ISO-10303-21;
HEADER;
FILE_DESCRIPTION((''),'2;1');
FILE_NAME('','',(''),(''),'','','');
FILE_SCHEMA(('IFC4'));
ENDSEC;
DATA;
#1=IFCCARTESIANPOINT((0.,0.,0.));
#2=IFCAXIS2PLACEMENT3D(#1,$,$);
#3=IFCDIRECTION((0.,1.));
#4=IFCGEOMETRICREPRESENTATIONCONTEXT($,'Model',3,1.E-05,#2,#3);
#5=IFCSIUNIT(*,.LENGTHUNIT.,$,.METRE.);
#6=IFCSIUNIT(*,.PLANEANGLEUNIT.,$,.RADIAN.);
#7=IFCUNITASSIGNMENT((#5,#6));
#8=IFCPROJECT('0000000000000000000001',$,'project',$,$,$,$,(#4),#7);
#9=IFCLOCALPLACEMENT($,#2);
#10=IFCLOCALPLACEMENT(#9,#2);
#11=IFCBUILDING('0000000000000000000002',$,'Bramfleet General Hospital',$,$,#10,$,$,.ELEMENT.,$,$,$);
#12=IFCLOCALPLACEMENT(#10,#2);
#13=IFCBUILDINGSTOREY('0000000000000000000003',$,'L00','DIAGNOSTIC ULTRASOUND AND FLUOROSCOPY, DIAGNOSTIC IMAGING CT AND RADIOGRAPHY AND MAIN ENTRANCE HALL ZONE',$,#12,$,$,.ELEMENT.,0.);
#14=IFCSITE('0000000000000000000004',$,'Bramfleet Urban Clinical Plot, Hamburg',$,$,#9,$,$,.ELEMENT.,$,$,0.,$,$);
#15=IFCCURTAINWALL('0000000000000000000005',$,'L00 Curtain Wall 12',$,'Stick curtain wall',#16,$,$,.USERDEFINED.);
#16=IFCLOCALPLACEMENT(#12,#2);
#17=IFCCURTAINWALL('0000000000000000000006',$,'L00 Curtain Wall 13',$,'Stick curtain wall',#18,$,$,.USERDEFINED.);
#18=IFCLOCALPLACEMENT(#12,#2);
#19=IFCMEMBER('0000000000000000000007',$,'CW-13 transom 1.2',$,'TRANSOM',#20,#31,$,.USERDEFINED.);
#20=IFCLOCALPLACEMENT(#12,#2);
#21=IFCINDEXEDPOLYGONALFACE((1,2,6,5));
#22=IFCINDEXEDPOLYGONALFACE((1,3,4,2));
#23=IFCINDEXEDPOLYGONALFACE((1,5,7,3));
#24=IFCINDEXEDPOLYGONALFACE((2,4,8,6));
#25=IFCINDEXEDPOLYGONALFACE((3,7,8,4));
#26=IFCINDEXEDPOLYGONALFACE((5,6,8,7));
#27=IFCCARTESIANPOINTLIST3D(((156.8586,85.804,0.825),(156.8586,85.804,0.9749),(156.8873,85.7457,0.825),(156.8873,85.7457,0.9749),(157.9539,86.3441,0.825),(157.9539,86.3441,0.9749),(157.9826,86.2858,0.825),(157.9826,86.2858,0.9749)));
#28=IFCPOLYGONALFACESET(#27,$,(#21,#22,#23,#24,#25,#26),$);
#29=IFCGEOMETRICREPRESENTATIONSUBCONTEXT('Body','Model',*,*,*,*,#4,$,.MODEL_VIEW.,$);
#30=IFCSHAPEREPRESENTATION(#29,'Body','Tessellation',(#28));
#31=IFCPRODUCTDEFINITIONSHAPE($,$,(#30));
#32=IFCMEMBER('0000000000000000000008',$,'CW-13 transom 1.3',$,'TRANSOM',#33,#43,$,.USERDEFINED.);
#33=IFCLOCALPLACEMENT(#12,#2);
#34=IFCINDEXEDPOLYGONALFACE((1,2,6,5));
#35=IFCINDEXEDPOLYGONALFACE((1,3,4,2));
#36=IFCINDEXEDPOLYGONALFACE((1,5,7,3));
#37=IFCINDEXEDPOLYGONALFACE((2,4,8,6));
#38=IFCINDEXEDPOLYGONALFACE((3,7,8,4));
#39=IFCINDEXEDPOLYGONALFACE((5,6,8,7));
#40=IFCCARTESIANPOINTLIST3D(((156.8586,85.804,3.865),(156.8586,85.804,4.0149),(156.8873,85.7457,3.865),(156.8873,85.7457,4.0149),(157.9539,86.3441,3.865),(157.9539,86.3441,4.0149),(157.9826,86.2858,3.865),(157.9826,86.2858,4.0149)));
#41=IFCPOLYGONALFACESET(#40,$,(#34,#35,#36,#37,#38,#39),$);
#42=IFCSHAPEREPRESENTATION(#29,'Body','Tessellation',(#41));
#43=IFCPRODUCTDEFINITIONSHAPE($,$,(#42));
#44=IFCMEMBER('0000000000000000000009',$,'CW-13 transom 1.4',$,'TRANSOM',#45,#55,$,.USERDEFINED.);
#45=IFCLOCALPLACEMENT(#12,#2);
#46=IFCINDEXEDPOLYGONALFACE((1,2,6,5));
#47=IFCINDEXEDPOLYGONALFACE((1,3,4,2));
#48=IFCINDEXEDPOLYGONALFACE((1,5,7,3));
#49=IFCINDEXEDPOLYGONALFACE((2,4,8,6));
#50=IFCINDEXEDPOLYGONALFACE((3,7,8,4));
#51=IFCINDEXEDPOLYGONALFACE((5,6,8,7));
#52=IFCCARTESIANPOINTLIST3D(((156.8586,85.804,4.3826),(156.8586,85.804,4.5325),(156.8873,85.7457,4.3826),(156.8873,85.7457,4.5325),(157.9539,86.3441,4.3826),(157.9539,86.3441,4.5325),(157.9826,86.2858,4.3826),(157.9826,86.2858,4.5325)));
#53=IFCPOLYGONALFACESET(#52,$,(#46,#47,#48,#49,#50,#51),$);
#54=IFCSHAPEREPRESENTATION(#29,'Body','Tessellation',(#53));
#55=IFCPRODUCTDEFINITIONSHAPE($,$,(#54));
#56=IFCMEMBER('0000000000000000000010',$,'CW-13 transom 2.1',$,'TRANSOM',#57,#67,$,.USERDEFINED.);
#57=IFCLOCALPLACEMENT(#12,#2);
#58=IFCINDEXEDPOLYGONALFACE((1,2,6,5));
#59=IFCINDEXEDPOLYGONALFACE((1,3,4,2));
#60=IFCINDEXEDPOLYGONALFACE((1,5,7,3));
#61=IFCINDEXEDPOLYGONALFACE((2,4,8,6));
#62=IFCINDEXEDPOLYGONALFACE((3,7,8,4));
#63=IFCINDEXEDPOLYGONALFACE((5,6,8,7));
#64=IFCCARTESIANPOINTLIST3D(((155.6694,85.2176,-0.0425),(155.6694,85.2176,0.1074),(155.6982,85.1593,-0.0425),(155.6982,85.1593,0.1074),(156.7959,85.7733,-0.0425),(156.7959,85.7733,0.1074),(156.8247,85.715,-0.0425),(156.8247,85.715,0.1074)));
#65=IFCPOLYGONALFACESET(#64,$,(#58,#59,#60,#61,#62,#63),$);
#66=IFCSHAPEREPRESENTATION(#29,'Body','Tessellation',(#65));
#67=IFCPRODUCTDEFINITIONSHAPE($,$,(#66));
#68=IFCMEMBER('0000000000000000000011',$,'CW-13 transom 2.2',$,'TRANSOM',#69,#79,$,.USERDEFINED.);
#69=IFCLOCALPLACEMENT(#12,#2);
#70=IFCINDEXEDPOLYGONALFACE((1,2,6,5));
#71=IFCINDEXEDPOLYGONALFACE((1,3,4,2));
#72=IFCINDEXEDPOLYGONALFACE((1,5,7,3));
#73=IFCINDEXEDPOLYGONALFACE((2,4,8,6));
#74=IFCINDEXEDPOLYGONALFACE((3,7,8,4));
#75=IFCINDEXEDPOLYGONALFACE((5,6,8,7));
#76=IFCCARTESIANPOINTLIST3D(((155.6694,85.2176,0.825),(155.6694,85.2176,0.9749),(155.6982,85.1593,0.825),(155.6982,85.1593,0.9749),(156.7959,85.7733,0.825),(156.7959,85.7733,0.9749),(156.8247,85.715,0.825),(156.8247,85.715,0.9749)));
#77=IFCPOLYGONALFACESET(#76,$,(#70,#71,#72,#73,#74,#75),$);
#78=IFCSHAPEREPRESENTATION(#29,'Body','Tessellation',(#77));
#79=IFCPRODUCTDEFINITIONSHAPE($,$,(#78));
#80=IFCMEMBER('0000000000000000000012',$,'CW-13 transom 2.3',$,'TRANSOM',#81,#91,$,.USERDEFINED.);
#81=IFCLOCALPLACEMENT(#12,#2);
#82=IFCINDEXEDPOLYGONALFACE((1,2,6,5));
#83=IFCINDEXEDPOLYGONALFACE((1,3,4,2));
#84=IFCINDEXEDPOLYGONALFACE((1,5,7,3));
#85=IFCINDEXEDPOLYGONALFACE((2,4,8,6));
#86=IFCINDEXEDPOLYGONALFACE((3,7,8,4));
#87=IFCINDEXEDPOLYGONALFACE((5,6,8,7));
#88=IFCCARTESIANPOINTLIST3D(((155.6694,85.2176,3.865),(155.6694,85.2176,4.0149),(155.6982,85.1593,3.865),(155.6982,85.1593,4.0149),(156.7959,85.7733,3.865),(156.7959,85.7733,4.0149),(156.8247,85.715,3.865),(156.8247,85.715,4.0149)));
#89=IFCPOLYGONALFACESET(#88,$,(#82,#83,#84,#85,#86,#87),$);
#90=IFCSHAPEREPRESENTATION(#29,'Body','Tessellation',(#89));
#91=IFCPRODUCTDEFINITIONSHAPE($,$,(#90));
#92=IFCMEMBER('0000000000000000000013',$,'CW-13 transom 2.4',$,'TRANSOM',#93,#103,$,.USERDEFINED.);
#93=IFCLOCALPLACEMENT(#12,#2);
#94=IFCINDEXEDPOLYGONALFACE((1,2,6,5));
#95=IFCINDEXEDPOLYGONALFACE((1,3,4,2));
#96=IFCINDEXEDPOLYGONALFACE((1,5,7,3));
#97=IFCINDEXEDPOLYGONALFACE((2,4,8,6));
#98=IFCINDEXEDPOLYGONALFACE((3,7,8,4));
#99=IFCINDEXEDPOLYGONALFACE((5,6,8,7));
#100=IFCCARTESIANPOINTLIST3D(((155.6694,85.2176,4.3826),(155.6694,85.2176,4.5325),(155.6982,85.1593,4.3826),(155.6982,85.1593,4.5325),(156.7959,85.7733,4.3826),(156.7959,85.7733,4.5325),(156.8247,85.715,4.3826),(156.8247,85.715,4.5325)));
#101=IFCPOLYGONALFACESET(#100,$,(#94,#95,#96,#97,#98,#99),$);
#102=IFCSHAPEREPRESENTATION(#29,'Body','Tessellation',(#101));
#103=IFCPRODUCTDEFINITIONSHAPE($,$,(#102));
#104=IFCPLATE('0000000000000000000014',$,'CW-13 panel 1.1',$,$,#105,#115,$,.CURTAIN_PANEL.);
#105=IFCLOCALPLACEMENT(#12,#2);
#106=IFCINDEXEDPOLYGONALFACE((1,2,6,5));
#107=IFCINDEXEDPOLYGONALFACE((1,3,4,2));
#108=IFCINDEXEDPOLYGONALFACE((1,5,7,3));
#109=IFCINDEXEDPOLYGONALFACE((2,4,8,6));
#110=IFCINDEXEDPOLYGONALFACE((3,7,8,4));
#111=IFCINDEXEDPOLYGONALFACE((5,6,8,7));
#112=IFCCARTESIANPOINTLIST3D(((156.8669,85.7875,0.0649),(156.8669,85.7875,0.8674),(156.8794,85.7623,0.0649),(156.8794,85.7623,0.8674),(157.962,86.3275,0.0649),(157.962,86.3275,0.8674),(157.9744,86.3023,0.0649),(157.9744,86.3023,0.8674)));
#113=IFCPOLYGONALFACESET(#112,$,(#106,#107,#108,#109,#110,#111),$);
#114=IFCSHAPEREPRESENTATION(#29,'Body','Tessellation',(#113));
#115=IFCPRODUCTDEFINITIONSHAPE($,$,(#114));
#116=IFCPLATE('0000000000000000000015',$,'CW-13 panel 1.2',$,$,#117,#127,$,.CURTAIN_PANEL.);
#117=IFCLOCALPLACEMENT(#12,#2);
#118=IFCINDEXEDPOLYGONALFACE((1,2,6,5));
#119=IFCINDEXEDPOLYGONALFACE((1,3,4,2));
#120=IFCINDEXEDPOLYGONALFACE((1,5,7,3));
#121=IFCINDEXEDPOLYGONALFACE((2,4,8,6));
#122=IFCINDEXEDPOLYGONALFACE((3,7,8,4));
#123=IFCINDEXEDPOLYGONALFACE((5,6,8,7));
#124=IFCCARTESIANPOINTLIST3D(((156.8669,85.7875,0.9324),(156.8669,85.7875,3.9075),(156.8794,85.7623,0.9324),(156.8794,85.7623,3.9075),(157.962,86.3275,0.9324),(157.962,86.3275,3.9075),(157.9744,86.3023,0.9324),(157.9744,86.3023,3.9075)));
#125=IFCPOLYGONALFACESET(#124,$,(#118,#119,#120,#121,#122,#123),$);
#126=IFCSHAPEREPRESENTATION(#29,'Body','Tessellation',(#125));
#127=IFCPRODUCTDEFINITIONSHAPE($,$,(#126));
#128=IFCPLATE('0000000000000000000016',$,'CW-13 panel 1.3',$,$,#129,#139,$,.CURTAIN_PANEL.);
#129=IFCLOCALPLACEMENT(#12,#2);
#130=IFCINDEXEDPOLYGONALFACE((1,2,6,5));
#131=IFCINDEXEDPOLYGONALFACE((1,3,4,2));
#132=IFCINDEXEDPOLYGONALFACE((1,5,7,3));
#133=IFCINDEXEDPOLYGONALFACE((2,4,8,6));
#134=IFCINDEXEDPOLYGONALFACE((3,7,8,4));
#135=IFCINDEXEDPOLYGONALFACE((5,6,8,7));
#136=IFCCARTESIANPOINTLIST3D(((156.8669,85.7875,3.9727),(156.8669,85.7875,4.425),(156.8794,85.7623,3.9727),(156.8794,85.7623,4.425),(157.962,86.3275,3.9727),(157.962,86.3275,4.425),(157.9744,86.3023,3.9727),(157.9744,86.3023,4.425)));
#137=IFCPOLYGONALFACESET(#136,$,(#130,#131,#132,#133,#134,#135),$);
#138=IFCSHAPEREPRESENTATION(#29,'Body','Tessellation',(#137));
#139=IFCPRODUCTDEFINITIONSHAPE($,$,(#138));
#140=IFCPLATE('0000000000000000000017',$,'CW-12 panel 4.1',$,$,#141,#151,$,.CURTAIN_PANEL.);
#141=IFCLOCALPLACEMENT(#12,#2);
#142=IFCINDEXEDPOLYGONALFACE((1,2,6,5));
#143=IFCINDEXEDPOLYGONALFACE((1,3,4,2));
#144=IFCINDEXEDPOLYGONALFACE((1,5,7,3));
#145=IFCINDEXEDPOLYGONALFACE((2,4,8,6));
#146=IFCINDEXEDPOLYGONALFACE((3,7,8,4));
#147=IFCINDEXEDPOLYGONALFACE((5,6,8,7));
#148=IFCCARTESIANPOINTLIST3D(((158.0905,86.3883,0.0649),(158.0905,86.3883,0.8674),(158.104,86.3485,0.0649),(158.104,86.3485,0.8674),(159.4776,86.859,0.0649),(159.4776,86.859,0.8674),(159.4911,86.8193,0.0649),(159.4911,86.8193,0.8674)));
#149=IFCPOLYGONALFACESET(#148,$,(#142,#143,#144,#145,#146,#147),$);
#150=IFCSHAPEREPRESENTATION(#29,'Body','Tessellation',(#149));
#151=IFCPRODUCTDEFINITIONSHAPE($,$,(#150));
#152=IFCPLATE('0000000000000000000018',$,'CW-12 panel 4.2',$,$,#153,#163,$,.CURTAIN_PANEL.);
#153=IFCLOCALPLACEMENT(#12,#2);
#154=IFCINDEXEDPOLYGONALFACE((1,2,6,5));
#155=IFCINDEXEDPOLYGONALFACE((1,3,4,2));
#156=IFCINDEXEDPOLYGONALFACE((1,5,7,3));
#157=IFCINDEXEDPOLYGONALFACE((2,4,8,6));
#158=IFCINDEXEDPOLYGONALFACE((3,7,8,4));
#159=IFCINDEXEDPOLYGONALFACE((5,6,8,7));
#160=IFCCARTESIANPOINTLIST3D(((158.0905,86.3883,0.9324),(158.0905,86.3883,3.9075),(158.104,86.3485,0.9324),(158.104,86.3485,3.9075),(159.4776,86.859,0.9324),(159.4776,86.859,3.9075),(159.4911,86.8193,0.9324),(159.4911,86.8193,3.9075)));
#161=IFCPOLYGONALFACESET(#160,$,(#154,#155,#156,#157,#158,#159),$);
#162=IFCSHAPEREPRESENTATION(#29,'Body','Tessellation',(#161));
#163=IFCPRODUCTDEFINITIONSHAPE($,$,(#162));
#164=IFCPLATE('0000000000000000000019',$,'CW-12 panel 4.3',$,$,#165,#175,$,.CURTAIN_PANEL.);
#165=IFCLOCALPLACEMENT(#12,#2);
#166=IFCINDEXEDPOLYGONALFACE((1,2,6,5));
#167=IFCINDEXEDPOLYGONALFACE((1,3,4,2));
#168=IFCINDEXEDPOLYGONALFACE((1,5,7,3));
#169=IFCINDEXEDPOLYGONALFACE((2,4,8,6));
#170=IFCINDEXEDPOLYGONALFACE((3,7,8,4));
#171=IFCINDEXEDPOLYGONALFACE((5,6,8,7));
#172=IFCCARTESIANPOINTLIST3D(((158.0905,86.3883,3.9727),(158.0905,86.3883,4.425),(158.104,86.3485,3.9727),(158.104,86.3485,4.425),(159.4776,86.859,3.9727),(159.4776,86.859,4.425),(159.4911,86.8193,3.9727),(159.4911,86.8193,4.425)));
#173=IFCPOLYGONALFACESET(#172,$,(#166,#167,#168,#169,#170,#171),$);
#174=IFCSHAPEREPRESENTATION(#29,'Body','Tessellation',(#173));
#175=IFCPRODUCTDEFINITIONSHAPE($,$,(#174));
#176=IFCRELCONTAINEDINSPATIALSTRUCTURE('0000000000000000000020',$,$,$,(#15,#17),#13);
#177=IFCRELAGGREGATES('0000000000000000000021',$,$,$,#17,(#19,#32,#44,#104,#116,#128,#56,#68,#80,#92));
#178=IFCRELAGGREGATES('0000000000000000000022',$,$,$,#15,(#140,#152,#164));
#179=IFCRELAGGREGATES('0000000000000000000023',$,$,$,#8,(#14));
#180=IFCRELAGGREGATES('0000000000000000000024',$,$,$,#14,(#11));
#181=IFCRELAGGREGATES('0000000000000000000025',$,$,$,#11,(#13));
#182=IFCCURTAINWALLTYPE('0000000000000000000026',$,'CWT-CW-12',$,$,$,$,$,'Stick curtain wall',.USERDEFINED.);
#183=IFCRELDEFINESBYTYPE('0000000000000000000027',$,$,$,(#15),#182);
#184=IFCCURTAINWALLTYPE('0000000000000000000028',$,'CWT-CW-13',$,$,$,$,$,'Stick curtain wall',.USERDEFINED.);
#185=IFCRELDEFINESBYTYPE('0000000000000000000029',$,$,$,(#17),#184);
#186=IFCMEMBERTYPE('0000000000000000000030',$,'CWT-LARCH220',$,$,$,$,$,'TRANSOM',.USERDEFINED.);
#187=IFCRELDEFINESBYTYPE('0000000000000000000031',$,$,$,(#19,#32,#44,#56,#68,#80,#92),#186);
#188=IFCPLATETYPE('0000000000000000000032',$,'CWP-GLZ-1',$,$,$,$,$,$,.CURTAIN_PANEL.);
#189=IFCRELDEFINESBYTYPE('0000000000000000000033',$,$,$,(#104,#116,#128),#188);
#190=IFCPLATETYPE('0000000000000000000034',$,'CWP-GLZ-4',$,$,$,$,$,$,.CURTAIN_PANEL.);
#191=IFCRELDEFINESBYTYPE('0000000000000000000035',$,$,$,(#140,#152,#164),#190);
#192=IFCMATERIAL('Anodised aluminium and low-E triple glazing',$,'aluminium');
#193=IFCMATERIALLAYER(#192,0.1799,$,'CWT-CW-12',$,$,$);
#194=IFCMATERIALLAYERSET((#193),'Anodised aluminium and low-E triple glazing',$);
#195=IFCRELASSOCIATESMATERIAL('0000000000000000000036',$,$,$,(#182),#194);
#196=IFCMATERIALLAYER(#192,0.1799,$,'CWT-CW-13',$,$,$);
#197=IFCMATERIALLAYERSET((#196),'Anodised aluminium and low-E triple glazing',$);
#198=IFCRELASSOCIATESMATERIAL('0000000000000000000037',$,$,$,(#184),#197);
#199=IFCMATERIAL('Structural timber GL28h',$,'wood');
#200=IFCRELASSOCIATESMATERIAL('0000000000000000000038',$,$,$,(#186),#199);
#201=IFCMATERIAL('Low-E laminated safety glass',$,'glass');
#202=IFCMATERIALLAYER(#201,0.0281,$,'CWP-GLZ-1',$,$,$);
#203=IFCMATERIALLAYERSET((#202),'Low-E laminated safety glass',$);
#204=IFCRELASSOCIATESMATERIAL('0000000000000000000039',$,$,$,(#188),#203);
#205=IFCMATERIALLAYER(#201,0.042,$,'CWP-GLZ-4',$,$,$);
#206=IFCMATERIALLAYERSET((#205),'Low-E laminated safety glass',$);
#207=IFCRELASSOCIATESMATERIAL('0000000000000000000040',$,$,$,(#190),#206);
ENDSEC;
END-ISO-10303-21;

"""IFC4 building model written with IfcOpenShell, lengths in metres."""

from ifc_helpers import new_model, si_unit, direction, frame, origin, origin_2d, place, context, subcontext, project, spatial, rectangle, extrude, material, layer, layer_set, material_profile, profile_set, type_object, element, aggregate, save


model = new_model("IFC4")

# Units and contexts
model_context = context("Model", 3, precision=1e-05, world=origin(), true_north=direction((0.0, 1.0)))
body_context = subcontext(model_context, "Body", "Model", "MODEL_VIEW")
ifc_project = project(units=[si_unit("LENGTHUNIT", "METRE"), si_unit("PLANEANGLEUNIT", "RADIAN")], contexts=[model_context])

# Site, building, storey
site_placement = place(None, origin())
site = spatial("IfcSite", under=ifc_project, at=site_placement, Name="Bramfleet Urban Clinical Plot, Hamburg", CompositionType="ELEMENT", RefElevation=0.0)
building_placement = place(site_placement, origin())
building = spatial("IfcBuilding", under=site, at=building_placement, Name="Bramfleet General Hospital", CompositionType="ELEMENT")
storey_placement = place(building_placement, origin())
storey = spatial("IfcBuildingStorey", under=building, at=storey_placement, Name="L00", Description="DIAGNOSTIC ULTRASOUND AND FLUOROSCOPY, DIAGNOSTIC IMAGING CT AND RADIOGRAPHY AND MAIN ENTRANCE HALL ZONE", CompositionType="ELEMENT", Elevation=0.0)

# Curtain walls
ifc_material_1 = material(Name="Anodised aluminium and low-E triple glazing", Category="aluminium")
ifc_layer_1 = layer(ifc_material_1, 0.1799, Name="CWT-CW-12")
ifc_layer_set_1 = layer_set([ifc_layer_1], Name="Anodised aluminium and low-E triple glazing")
curtain_wall_type_1 = type_object("IfcCurtainWallType", Name="CWT-CW-12", ElementType="Stick curtain wall", PredefinedType="USERDEFINED", material=ifc_layer_set_1)
curtain_wall_1_placement = place(storey_placement, origin())
curtain_wall_1 = element("IfcCurtainWall", 1, at=curtain_wall_1_placement, inside=storey, type_object=curtain_wall_type_1, Name="L00 Curtain Wall 12", ObjectType="Stick curtain wall", PredefinedType="USERDEFINED")
ifc_material_2 = material(Name="Structural timber GL28h", Category="wood")
ifc_layer_2 = layer(ifc_material_1, 0.1799, Name="CWT-CW-13")
ifc_layer_set_2 = layer_set([ifc_layer_2], Name="Anodised aluminium and low-E triple glazing")
curtain_wall_type_2 = type_object("IfcCurtainWallType", Name="CWT-CW-13", ElementType="Stick curtain wall", PredefinedType="USERDEFINED", material=ifc_layer_set_2)
curtain_wall_2_placement = place(storey_placement, origin())
curtain_wall_2 = element("IfcCurtainWall", 2, at=curtain_wall_2_placement, inside=storey, type_object=curtain_wall_type_2, Name="L00 Curtain Wall 13", ObjectType="Stick curtain wall", PredefinedType="USERDEFINED")

# Members
ifc_material_profile_1 = material_profile(ifc_material_2, rectangle(XDim=0.0649, YDim=0.1499, at=origin_2d()), Name="LARCH 150x65")
ifc_profile_set_1 = profile_set([ifc_material_profile_1], Name="Structural timber GL28h")
member_type_1 = type_object("IfcMemberType", Name="CWT-LARCH220", ElementType="TRANSOM", PredefinedType="USERDEFINED", material=ifc_profile_set_1)
member_1_placement = place(storey_placement, frame((157.9683, 86.3149, 0.8999), z_axis=(-0.896893, -0.442248, 0.0), x_axis=(0.442248, -0.896893, 0.0)))
member_1 = element("IfcMember", 3, at=member_1_placement, type_object=member_type_1, Name="CW-13 transom 1.2", ObjectType="TRANSOM", PredefinedType="USERDEFINED", context=body_context, shape_type="SweptSolid", body=[
    extrude(rectangle(XDim=0.0649, YDim=0.1499, at=origin_2d()), origin(), (0.0, 0.0, 1.0), 1.2212),
])
member_2_placement = place(storey_placement, frame((157.9683, 86.3149, 3.9399), z_axis=(-0.896893, -0.442248, 0.0), x_axis=(0.442248, -0.896893, 0.0)))
member_2 = element("IfcMember", 4, at=member_2_placement, type_object=member_type_1, Name="CW-13 transom 1.3", ObjectType="TRANSOM", PredefinedType="USERDEFINED", context=body_context, shape_type="SweptSolid", body=[
    extrude(rectangle(XDim=0.0649, YDim=0.1499, at=origin_2d()), origin(), (0.0, 0.0, 1.0), 1.2212),
])
member_3_placement = place(storey_placement, frame((157.9683, 86.3149, 4.4575), z_axis=(-0.896893, -0.442248, 0.0), x_axis=(0.442248, -0.896893, 0.0)))
member_3 = element("IfcMember", 5, at=member_3_placement, type_object=member_type_1, Name="CW-13 transom 1.4", ObjectType="TRANSOM", PredefinedType="USERDEFINED", context=body_context, shape_type="SweptSolid", body=[
    extrude(rectangle(XDim=0.0649, YDim=0.1499, at=origin_2d()), origin(), (0.0, 0.0, 1.0), 1.2212),
])
member_4_placement = place(storey_placement, frame((156.8103, 85.7441, 0.0325), z_axis=(-0.896824, -0.442387, 0.0), x_axis=(0.442387, -0.896824, 0.0)))
member_4 = element("IfcMember", 6, at=member_4_placement, type_object=member_type_1, Name="CW-13 transom 2.1", ObjectType="TRANSOM", PredefinedType="USERDEFINED", context=body_context, shape_type="SweptSolid", body=[
    extrude(rectangle(XDim=0.0649, YDim=0.1499, at=origin_2d()), origin(), (0.0, 0.0, 1.0), 1.2561),
])
member_5_placement = place(storey_placement, frame((156.8103, 85.7441, 0.8999), z_axis=(-0.896824, -0.442387, 0.0), x_axis=(0.442387, -0.896824, 0.0)))
member_5 = element("IfcMember", 7, at=member_5_placement, type_object=member_type_1, Name="CW-13 transom 2.2", ObjectType="TRANSOM", PredefinedType="USERDEFINED", context=body_context, shape_type="SweptSolid", body=[
    extrude(rectangle(XDim=0.0649, YDim=0.1499, at=origin_2d()), origin(), (0.0, 0.0, 1.0), 1.2561),
])
member_6_placement = place(storey_placement, frame((156.8103, 85.7441, 3.9399), z_axis=(-0.896824, -0.442387, 0.0), x_axis=(0.442387, -0.896824, 0.0)))
member_6 = element("IfcMember", 8, at=member_6_placement, type_object=member_type_1, Name="CW-13 transom 2.3", ObjectType="TRANSOM", PredefinedType="USERDEFINED", context=body_context, shape_type="SweptSolid", body=[
    extrude(rectangle(XDim=0.0649, YDim=0.1499, at=origin_2d()), origin(), (0.0, 0.0, 1.0), 1.2561),
])
member_7_placement = place(storey_placement, frame((156.8103, 85.7441, 4.4575), z_axis=(-0.896824, -0.442387, 0.0), x_axis=(0.442387, -0.896824, 0.0)))
member_7 = element("IfcMember", 9, at=member_7_placement, type_object=member_type_1, Name="CW-13 transom 2.4", ObjectType="TRANSOM", PredefinedType="USERDEFINED", context=body_context, shape_type="SweptSolid", body=[
    extrude(rectangle(XDim=0.0649, YDim=0.1499, at=origin_2d()), origin(), (0.0, 0.0, 1.0), 1.2561),
])

# Plates
ifc_material_3 = material(Name="Low-E laminated safety glass", Category="glass")
ifc_layer_3 = layer(ifc_material_3, 0.0281, Name="CWP-GLZ-1")
ifc_layer_set_3 = layer_set([ifc_layer_3], Name="Low-E laminated safety glass")
plate_type_1 = type_object("IfcPlateType", Name="CWP-GLZ-1", PredefinedType="CURTAIN_PANEL", material=ifc_layer_set_3)
plate_1_placement = place(storey_placement, frame((157.4207, 86.0449, 0.0649), z_axis=(0.0, 0.0, 1.0), x_axis=(-0.896865, -0.442305, 0.0)))
plate_1 = element("IfcPlate", 10, at=plate_1_placement, type_object=plate_type_1, Name="CW-13 panel 1.1", PredefinedType="CURTAIN_PANEL", context=body_context, shape_type="SweptSolid", body=[
    extrude(rectangle(XDim=1.2209, YDim=0.0281, at=origin_2d()), origin(), (0.0, 0.0, 1.0), 0.8025),
])
plate_2_placement = place(storey_placement, frame((157.4207, 86.0449, 0.9324), z_axis=(0.0, 0.0, 1.0), x_axis=(-0.896865, -0.442305, 0.0)))
plate_2 = element("IfcPlate", 11, at=plate_2_placement, type_object=plate_type_1, Name="CW-13 panel 1.2", PredefinedType="CURTAIN_PANEL", context=body_context, shape_type="SweptSolid", body=[
    extrude(rectangle(XDim=1.2209, YDim=0.0281, at=origin_2d()), origin(), (0.0, 0.0, 1.0), 2.9751),
])
plate_3_placement = place(storey_placement, frame((157.4207, 86.0449, 3.9727), z_axis=(0.0, 0.0, 1.0), x_axis=(-0.896865, -0.442305, 0.0)))
plate_3 = element("IfcPlate", 12, at=plate_3_placement, type_object=plate_type_1, Name="CW-13 panel 1.3", PredefinedType="CURTAIN_PANEL", context=body_context, shape_type="SweptSolid", body=[
    extrude(rectangle(XDim=1.2209, YDim=0.0281, at=origin_2d()), origin(), (0.0, 0.0, 1.0), 0.4524),
])
aggregate(curtain_wall_2, [member_1, member_2, member_3, plate_1, plate_2, plate_3, member_4, member_5, member_6, member_7])
ifc_layer_4 = layer(ifc_material_3, 0.042, Name="CWP-GLZ-4")
ifc_layer_set_4 = layer_set([ifc_layer_4], Name="Low-E laminated safety glass")
plate_type_2 = type_object("IfcPlateType", Name="CWP-GLZ-4", PredefinedType="CURTAIN_PANEL", material=ifc_layer_set_4)
plate_4_placement = place(storey_placement, frame((158.7908, 86.6038, 0.0649), z_axis=(0.0, 0.0, 1.0), x_axis=(-0.946949, -0.321383, 0.0)))
plate_4 = element("IfcPlate", 13, at=plate_4_placement, type_object=plate_type_2, Name="CW-12 panel 4.1", PredefinedType="CURTAIN_PANEL", context=body_context, shape_type="SweptSolid", body=[
    extrude(rectangle(XDim=1.4648, YDim=0.042, at=origin_2d()), origin(), (0.0, 0.0, 1.0), 0.8025),
])
plate_5_placement = place(storey_placement, frame((158.7908, 86.6038, 0.9324), z_axis=(0.0, 0.0, 1.0), x_axis=(-0.946949, -0.321383, 0.0)))
plate_5 = element("IfcPlate", 14, at=plate_5_placement, type_object=plate_type_2, Name="CW-12 panel 4.2", PredefinedType="CURTAIN_PANEL", context=body_context, shape_type="SweptSolid", body=[
    extrude(rectangle(XDim=1.4648, YDim=0.042, at=origin_2d()), origin(), (0.0, 0.0, 1.0), 2.9751),
])
plate_6_placement = place(storey_placement, frame((158.7908, 86.6038, 3.9727), z_axis=(0.0, 0.0, 1.0), x_axis=(-0.946949, -0.321383, 0.0)))
plate_6 = element("IfcPlate", 15, at=plate_6_placement, type_object=plate_type_2, Name="CW-12 panel 4.3", PredefinedType="CURTAIN_PANEL", context=body_context, shape_type="SweptSolid", body=[
    extrude(rectangle(XDim=1.4648, YDim=0.042, at=origin_2d()), origin(), (0.0, 0.0, 1.0), 0.4524),
])
aggregate(curtain_wall_1, [plate_4, plate_5, plate_6])

save(model, "model.ifc")
